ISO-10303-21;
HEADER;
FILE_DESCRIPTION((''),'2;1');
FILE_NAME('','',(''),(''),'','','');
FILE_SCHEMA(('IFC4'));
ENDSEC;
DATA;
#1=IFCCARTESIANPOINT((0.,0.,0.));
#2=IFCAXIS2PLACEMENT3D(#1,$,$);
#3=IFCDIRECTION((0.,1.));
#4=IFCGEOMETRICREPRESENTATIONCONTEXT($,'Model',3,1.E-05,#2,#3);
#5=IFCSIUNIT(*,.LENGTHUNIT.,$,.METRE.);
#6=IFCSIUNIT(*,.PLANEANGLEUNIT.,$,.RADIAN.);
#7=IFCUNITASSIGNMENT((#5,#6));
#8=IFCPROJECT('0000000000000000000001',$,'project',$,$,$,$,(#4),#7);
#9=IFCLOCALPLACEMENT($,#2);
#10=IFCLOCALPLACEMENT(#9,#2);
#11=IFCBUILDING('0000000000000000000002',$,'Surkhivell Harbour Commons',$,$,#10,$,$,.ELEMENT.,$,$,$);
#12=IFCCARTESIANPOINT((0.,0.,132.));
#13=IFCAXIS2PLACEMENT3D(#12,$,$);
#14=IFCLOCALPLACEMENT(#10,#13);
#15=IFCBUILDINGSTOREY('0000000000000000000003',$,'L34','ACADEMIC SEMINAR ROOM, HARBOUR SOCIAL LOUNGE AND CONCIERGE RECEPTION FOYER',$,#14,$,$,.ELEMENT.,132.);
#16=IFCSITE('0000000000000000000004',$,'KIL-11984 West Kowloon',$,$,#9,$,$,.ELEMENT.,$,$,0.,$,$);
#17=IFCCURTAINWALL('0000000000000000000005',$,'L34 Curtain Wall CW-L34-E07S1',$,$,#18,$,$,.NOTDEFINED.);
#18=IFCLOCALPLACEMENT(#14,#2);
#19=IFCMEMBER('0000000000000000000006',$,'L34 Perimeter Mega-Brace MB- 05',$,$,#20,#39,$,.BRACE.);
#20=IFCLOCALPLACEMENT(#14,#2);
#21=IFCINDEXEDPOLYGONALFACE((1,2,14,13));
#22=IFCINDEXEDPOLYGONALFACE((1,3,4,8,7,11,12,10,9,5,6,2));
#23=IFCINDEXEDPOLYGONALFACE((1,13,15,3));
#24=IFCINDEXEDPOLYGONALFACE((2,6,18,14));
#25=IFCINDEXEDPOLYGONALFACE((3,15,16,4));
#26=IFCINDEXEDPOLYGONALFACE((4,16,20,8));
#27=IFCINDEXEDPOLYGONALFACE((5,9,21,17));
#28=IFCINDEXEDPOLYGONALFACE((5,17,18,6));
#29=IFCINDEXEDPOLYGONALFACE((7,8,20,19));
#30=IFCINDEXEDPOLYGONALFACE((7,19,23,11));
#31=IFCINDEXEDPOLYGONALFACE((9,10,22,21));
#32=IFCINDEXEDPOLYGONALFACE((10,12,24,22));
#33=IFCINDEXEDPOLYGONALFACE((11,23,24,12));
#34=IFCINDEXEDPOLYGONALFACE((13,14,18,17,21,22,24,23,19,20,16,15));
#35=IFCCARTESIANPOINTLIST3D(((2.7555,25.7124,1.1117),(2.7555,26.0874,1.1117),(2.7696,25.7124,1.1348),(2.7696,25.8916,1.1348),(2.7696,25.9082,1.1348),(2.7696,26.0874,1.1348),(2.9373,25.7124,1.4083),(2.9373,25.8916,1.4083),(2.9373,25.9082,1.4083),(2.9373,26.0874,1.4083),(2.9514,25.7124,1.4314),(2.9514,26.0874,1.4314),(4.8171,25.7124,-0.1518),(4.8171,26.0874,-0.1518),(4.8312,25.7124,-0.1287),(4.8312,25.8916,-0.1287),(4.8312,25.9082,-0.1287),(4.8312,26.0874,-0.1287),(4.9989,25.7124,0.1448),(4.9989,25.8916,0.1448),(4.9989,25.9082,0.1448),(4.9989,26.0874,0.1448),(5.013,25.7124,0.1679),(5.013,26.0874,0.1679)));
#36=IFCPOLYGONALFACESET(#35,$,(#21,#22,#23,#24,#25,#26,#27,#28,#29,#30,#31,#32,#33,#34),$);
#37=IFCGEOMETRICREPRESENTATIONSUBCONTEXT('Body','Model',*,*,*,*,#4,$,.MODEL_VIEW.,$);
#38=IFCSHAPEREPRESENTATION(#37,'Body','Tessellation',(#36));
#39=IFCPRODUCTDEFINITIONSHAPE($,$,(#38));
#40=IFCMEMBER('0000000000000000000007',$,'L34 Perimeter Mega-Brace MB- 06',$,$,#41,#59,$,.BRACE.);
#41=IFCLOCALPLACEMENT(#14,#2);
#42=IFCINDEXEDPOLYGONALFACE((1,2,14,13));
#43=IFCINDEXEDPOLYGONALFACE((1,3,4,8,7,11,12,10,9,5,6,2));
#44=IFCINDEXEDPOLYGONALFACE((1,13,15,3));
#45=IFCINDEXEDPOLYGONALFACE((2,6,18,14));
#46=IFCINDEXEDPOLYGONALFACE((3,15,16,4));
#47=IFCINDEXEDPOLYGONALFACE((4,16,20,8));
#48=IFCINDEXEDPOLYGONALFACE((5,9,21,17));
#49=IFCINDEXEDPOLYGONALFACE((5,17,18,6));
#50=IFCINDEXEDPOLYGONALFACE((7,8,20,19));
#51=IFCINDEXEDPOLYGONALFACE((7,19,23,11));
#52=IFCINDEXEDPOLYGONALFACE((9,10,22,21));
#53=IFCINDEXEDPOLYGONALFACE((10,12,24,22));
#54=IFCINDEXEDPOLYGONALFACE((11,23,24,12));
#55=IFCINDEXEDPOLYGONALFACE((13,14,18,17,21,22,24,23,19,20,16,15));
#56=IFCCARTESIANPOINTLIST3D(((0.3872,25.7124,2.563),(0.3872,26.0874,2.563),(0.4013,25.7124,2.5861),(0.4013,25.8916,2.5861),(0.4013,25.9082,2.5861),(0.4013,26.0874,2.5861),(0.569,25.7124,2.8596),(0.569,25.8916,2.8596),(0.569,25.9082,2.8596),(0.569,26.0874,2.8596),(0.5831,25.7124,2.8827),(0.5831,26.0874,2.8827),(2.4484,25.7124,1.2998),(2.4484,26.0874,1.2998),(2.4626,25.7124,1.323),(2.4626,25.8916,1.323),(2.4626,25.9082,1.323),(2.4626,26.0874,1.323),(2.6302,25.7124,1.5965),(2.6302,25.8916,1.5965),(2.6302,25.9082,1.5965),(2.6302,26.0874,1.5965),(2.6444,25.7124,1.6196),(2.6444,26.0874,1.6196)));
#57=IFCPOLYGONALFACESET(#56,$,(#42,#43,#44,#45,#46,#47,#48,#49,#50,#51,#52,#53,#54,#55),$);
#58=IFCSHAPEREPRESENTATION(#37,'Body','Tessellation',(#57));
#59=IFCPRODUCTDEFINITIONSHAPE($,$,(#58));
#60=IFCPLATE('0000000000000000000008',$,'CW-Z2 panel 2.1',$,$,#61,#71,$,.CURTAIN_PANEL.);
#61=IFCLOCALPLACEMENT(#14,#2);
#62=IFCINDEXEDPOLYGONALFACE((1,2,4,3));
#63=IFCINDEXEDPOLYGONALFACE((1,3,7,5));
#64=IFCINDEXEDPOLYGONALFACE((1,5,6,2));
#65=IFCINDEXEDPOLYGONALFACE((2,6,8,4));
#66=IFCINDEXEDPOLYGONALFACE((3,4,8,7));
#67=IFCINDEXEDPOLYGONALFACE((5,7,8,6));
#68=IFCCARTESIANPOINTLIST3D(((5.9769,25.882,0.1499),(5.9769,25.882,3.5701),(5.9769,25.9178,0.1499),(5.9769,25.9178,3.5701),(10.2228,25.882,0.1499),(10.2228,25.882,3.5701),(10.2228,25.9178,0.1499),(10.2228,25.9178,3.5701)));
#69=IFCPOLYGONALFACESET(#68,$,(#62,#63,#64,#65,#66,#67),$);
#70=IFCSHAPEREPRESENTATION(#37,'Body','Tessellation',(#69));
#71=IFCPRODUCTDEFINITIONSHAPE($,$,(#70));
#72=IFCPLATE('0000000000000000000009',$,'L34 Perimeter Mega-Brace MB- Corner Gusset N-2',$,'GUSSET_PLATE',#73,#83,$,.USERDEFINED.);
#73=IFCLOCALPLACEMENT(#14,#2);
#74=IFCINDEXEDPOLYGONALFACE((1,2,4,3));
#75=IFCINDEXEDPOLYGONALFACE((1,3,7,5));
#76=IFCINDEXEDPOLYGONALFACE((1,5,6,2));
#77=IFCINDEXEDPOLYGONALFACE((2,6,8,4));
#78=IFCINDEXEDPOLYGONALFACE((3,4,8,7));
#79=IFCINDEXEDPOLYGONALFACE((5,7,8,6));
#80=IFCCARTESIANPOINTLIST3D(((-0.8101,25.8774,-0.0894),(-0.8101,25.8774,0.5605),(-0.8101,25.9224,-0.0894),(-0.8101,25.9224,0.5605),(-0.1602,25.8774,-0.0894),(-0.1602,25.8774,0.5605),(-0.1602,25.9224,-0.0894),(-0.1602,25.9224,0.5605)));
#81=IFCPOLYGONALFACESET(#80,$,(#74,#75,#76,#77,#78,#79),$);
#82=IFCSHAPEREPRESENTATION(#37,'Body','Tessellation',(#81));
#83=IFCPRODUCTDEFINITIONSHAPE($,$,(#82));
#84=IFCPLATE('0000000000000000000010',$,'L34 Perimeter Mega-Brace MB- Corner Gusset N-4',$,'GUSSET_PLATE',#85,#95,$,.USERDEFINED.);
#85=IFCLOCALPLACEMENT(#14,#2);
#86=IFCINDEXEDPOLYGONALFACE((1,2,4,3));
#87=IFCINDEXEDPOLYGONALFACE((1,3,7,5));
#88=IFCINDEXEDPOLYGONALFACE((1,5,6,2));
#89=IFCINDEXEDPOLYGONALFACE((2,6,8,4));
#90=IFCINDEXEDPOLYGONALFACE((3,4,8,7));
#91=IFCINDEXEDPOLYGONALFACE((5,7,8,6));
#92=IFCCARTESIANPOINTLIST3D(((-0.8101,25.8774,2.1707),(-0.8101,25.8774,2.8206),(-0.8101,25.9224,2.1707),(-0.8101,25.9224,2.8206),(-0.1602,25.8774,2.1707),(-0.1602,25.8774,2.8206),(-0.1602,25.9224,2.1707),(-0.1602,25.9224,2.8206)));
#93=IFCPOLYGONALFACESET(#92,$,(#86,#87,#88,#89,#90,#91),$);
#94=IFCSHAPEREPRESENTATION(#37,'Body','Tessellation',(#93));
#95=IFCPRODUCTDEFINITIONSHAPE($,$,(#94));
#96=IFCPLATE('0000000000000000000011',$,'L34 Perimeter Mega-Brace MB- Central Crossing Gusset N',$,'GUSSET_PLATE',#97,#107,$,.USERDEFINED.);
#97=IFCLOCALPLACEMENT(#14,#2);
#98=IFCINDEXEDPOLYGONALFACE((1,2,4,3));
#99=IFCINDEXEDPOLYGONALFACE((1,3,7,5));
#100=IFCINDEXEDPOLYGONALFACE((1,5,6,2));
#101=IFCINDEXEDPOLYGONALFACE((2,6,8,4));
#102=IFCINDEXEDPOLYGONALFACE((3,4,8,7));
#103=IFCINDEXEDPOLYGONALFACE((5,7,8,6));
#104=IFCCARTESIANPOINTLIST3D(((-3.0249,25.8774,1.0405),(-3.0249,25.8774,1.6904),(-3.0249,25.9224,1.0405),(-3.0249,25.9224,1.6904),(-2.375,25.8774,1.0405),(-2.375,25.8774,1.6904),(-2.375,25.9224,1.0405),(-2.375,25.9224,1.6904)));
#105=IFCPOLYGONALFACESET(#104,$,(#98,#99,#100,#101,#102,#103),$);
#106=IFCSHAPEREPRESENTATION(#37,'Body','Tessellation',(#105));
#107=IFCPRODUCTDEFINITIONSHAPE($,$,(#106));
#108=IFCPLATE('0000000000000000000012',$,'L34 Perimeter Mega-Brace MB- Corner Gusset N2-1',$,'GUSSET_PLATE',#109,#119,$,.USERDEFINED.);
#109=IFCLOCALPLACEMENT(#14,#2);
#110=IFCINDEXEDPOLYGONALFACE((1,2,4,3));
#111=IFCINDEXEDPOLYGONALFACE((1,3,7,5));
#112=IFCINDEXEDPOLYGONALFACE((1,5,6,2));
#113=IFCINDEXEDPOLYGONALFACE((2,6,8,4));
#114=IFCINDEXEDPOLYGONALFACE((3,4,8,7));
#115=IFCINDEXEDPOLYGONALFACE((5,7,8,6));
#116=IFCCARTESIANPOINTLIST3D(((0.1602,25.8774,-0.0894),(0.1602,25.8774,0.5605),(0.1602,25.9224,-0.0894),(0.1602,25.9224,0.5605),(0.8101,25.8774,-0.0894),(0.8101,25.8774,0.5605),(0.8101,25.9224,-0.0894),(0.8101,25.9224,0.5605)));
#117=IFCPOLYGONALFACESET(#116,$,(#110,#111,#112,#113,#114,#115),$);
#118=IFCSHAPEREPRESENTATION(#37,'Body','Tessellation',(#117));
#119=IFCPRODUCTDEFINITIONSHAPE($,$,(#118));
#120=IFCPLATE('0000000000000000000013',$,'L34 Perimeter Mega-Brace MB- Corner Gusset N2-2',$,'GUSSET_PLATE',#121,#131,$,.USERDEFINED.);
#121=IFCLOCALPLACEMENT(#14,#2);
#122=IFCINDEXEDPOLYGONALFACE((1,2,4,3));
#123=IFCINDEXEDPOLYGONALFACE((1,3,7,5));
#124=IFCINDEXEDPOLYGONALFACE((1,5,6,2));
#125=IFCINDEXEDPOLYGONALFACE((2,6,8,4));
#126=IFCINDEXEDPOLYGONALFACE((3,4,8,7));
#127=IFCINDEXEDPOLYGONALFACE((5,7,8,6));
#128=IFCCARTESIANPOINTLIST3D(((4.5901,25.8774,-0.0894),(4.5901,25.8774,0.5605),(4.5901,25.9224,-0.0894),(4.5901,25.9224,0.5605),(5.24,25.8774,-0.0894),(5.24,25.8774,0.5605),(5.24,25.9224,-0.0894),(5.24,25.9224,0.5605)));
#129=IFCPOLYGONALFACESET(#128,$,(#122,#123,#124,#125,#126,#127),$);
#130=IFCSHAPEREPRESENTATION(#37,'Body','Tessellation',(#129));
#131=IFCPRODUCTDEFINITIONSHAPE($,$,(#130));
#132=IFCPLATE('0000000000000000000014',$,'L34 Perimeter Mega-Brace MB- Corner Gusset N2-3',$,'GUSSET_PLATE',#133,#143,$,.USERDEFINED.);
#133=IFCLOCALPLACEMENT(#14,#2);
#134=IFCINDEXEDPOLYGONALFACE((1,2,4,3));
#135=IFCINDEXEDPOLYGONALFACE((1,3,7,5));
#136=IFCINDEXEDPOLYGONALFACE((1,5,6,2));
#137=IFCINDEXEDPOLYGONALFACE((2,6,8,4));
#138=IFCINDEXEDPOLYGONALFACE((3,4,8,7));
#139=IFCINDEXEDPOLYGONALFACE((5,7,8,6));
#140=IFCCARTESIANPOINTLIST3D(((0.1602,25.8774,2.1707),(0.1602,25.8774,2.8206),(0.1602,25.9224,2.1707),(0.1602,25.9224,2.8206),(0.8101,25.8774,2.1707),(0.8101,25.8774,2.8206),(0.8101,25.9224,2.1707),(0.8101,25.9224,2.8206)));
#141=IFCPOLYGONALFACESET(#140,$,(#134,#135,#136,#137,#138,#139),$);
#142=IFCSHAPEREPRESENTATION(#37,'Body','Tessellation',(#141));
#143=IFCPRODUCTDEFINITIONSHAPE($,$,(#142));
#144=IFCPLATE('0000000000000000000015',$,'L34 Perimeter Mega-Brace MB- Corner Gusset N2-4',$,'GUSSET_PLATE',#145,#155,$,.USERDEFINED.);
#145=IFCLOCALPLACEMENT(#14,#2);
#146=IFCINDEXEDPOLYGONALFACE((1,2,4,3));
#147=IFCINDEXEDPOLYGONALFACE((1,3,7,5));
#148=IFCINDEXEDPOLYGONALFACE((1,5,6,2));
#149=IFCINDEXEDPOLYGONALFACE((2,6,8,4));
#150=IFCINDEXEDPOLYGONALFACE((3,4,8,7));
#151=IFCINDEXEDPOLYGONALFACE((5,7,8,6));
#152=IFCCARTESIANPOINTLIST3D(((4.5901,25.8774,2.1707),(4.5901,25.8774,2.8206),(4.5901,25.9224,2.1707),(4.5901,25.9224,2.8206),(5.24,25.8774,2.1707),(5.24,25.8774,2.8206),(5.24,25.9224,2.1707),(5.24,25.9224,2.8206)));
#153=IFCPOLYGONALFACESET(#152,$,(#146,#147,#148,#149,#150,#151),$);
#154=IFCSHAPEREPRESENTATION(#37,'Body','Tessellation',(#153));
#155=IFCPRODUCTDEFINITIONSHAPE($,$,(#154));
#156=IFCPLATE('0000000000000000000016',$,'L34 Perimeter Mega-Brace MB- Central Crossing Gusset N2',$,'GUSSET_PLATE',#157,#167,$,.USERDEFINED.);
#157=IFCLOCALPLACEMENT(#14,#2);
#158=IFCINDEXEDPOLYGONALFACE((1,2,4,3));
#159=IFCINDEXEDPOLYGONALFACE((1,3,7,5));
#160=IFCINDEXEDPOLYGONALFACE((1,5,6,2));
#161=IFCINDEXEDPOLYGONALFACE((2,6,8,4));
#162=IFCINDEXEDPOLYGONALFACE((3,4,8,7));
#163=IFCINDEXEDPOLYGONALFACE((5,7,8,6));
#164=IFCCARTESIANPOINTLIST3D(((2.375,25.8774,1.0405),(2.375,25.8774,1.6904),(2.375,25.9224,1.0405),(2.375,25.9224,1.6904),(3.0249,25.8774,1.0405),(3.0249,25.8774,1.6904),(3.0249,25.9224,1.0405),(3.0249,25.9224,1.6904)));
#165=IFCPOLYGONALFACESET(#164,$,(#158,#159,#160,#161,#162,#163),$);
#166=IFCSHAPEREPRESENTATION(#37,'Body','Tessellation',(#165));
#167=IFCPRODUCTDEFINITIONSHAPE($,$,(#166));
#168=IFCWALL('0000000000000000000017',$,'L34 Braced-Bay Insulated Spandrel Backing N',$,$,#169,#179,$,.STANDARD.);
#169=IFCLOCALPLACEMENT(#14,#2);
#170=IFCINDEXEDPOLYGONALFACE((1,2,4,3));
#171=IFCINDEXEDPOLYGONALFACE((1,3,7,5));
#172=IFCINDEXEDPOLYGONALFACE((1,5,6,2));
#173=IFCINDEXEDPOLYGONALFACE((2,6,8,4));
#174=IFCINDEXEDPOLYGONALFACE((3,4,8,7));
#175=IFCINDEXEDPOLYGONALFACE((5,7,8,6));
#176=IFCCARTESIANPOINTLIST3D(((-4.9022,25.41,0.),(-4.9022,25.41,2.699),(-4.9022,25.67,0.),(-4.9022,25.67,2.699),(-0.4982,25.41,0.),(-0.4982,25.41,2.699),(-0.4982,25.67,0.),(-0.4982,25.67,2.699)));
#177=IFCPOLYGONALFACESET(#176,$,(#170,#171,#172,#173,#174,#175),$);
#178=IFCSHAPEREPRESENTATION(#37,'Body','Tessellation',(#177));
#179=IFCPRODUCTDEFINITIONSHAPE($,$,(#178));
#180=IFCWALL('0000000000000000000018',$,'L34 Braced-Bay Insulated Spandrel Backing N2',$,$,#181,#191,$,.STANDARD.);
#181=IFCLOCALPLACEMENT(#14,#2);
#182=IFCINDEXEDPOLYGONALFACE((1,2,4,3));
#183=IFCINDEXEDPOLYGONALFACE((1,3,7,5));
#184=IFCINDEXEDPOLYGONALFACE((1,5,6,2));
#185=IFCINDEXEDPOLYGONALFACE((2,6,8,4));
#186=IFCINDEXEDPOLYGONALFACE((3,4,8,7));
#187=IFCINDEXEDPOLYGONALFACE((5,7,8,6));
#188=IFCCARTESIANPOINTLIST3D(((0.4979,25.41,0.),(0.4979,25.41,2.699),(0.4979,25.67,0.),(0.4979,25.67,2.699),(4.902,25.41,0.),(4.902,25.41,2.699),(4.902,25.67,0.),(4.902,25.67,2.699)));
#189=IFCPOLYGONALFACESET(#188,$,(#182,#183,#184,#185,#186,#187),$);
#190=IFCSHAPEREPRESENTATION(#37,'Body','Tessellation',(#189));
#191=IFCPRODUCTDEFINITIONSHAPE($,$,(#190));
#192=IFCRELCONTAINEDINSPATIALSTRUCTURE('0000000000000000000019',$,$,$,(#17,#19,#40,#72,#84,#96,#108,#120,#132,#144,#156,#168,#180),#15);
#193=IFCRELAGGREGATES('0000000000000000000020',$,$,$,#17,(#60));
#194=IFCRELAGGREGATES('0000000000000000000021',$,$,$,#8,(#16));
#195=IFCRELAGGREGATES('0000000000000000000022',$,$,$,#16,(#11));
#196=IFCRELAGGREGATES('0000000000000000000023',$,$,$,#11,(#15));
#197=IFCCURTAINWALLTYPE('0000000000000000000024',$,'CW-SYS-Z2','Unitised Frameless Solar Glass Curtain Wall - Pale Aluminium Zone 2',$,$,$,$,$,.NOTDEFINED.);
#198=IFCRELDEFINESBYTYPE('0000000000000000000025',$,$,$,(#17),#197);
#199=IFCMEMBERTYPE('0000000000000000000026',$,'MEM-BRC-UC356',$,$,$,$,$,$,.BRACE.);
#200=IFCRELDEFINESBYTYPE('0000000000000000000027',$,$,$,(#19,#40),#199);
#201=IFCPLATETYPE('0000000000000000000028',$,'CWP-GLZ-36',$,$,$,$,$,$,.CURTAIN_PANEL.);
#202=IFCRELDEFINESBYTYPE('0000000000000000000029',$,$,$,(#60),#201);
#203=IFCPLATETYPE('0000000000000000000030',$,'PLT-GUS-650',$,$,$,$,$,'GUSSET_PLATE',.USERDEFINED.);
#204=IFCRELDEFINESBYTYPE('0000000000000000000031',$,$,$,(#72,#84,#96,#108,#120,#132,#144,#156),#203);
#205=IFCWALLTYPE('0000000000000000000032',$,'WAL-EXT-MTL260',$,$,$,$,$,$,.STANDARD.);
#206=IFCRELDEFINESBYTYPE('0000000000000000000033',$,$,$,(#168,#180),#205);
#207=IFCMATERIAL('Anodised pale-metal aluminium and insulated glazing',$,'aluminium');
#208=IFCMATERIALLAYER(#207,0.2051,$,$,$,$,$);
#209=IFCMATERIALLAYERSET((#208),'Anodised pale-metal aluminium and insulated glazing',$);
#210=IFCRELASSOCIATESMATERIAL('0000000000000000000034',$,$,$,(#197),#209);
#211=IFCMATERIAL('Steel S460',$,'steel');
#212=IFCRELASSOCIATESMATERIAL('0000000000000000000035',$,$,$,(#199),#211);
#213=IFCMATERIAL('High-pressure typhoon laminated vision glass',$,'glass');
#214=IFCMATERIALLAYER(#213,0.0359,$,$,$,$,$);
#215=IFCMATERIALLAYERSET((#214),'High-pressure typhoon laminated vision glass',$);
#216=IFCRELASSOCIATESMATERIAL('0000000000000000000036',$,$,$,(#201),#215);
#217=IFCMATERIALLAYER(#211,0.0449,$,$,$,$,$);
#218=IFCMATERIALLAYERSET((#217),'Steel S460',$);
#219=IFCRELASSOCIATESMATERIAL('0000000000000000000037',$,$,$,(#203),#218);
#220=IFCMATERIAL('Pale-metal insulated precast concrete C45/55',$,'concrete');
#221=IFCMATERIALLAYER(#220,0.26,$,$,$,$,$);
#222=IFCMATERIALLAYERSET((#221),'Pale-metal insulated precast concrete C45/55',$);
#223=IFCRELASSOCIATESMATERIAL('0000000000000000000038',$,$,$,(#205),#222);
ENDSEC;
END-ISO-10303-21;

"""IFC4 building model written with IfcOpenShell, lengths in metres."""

from ifc_helpers import new_model, si_unit, direction, frame, frame_2d, origin, origin_2d, place, context, subcontext, project, spatial, rectangle, i_section, extrude, material, layer, layer_set, material_profile, profile_set, type_object, element, aggregate, save


model = new_model("IFC4")

# Units and contexts
model_context = context("Model", 3, precision=1e-05, world=origin(), true_north=direction((0.0, 1.0)))
body_context = subcontext(model_context, "Body", "Model", "MODEL_VIEW")
ifc_project = project(units=[si_unit("LENGTHUNIT", "METRE"), si_unit("PLANEANGLEUNIT", "RADIAN")], contexts=[model_context])

# Site, building, storey
site_placement = place(None, origin())
site = spatial("IfcSite", under=ifc_project, at=site_placement, Name="KIL-11984 West Kowloon", CompositionType="ELEMENT", RefElevation=0.0)
building_placement = place(site_placement, origin())
building = spatial("IfcBuilding", under=site, at=building_placement, Name="Surkhivell Harbour Commons", CompositionType="ELEMENT")
storey_placement = place(building_placement, frame((0.0, 0.0, 132.0)))
storey = spatial("IfcBuildingStorey", under=building, at=storey_placement, Name="L34", Description="ACADEMIC SEMINAR ROOM, HARBOUR SOCIAL LOUNGE AND CONCIERGE RECEPTION FOYER", CompositionType="ELEMENT", Elevation=132.0)

# Shared definitions
ifc_material_1 = material(Name="Steel S460", Category="steel")

# Curtain wall
ifc_material_2 = material(Name="Anodised pale-metal aluminium and insulated glazing", Category="aluminium")
ifc_layer_1 = layer(ifc_material_2, 0.2051)
ifc_layer_set_1 = layer_set([ifc_layer_1], Name="Anodised pale-metal aluminium and insulated glazing")
curtain_wall_type = type_object("IfcCurtainWallType", Name="CW-SYS-Z2", Description="Unitised Frameless Solar Glass Curtain Wall - Pale Aluminium Zone 2", PredefinedType="NOTDEFINED", material=ifc_layer_set_1)
curtain_wall_placement = place(storey_placement, origin())
curtain_wall = element("IfcCurtainWall", 1, at=curtain_wall_placement, inside=storey, type_object=curtain_wall_type, Name="L34 Curtain Wall CW-L34-E07S1", PredefinedType="NOTDEFINED")

# Members
ifc_material_profile_1 = material_profile(ifc_material_1, i_section(OverallWidth=0.375, OverallDepth=0.375, WebThickness=0.0166, FlangeThickness=0.0271, at=origin_2d()), Name="UC356x368x202")
ifc_profile_set_1 = profile_set([ifc_material_profile_1], Name="Steel S460")
member_type_1 = type_object("IfcMemberType", Name="MEM-BRC-UC356", PredefinedType="BRACE", material=ifc_profile_set_1)
member_1_placement = place(storey_placement, frame((4.915, 25.8999, 0.0081), z_axis=(-0.852617, 0.0, 0.522536), x_axis=(0.0, -1.0, 0.0)))
element("IfcMember", 2, at=member_1_placement, inside=storey, type_object=member_type_1, Name="L34 Perimeter Mega-Brace MB- 05", PredefinedType="BRACE", context=body_context, shape_type="SweptSolid", body=[
    extrude(i_section(OverallWidth=0.375, OverallDepth=0.375, WebThickness=0.0166, FlangeThickness=0.0271, at=origin_2d()), origin(), (0.0, 0.0, 1.0), 2.418),
])
member_2_placement = place(storey_placement, frame((2.5464, 25.8999, 1.4597), z_axis=(-0.852635, 0.0, 0.522508), x_axis=(0.0, -1.0, 0.0)))
element("IfcMember", 3, at=member_2_placement, inside=storey, type_object=member_type_1, Name="L34 Perimeter Mega-Brace MB- 06", PredefinedType="BRACE", context=body_context, shape_type="SweptSolid", body=[
    extrude(i_section(OverallWidth=0.375, OverallDepth=0.375, WebThickness=0.0166, FlangeThickness=0.0271, at=origin_2d()), origin(), (0.0, 0.0, 1.0), 2.4175),
])

# Plate
ifc_material_3 = material(Name="High-pressure typhoon laminated vision glass", Category="glass")
ifc_layer_2 = layer(ifc_material_3, 0.0359)
ifc_layer_set_2 = layer_set([ifc_layer_2], Name="High-pressure typhoon laminated vision glass")
plate_type_1 = type_object("IfcPlateType", Name="CWP-GLZ-36", PredefinedType="CURTAIN_PANEL", material=ifc_layer_set_2)
plate_placement = place(storey_placement, frame((10.2229, 25.8999, 0.1499), z_axis=(0.0, 0.0, 1.0), x_axis=(-1.0, 0.0, 0.0)))
plate = element("IfcPlate", 4, at=plate_placement, type_object=plate_type_1, Name="CW-Z2 panel 2.1", PredefinedType="CURTAIN_PANEL", context=body_context, shape_type="SweptSolid", body=[
    extrude(rectangle(XDim=4.2458, YDim=0.0359, at=frame_2d((2.123, 0.0))), origin(), (0.0, 0.0, 1.0), 3.4202),
])
aggregate(curtain_wall, [plate])

# Plates
ifc_layer_3 = layer(ifc_material_1, 0.0449)
ifc_layer_set_3 = layer_set([ifc_layer_3], Name="Steel S460")
plate_type_2 = type_object("IfcPlateType", Name="PLT-GUS-650", ElementType="GUSSET_PLATE", PredefinedType="USERDEFINED", material=ifc_layer_set_3)
for number, where, z_axis, x_axis, name in (
    (5, (-0.4851, 25.8999, -0.0894), (0.0, 0.0, 1.0), (1.0, 0.0, 0.0), "L34 Perimeter Mega-Brace MB- Corner Gusset N-2"),
    (6, (-0.4851, 25.8999, 2.1707), (0.0, 0.0, 1.0), (1.0, 0.0, 0.0), "L34 Perimeter Mega-Brace MB- Corner Gusset N-4"),
    (7, (-2.7, 25.8999, 1.0405), (0.0, 0.0, 1.0), (1.0, 0.0, 0.0), "L34 Perimeter Mega-Brace MB- Central Crossing Gusset N"),
    (8, (0.4851, 25.8999, -0.0894), (0.0, 0.0, 1.0), (1.0, 0.0, 0.0), "L34 Perimeter Mega-Brace MB- Corner Gusset N2-1"),
    (9, (4.915, 25.8999, -0.0894), (0.0, 0.0, 1.0), (1.0, 0.0, 0.0), "L34 Perimeter Mega-Brace MB- Corner Gusset N2-2"),
    (10, (0.4851, 25.8999, 2.1707), (0.0, 0.0, 1.0), (1.0, 0.0, 0.0), "L34 Perimeter Mega-Brace MB- Corner Gusset N2-3"),
    (11, (4.915, 25.8999, 2.1707), (0.0, 0.0, 1.0), (1.0, 0.0, 0.0), "L34 Perimeter Mega-Brace MB- Corner Gusset N2-4"),
    (12, (2.7, 25.8999, 1.0405), (0.0, 0.0, 1.0), (1.0, 0.0, 0.0), "L34 Perimeter Mega-Brace MB- Central Crossing Gusset N2"),
):
    element("IfcPlate", number, at=place(storey_placement, frame(where, z_axis=z_axis, x_axis=x_axis)), inside=storey, type_object=plate_type_2, Name=name, ObjectType="GUSSET_PLATE", PredefinedType="USERDEFINED", context=body_context, shape_type="SweptSolid", body=[
        extrude(rectangle(XDim=0.6499, YDim=0.0449, at=origin_2d()), origin(), (0.0, 0.0, 1.0), 0.6499),
    ])

# Walls
ifc_material_4 = material(Name="Pale-metal insulated precast concrete C45/55", Category="concrete")
ifc_layer_4 = layer(ifc_material_4, 0.26)
ifc_layer_set_4 = layer_set([ifc_layer_4], Name="Pale-metal insulated precast concrete C45/55")
wall_type = type_object("IfcWallType", Name="WAL-EXT-MTL260", PredefinedType="STANDARD", material=ifc_layer_set_4)
for number, where, z_axis, x_axis, name in (
    (13, (-0.498, 25.54, 0.0), (0.0, 0.0, 1.0), (-1.0, 0.0, 0.0), "L34 Braced-Bay Insulated Spandrel Backing N"),
    (14, (4.9021, 25.54, 0.0), (0.0, 0.0, 1.0), (-1.0, 0.0, 0.0), "L34 Braced-Bay Insulated Spandrel Backing N2"),
):
    element("IfcWall", number, at=place(storey_placement, frame(where, z_axis=z_axis, x_axis=x_axis)), inside=storey, type_object=wall_type, Name=name, PredefinedType="STANDARD", context=body_context, shape_type="SweptSolid", body=[
        extrude(rectangle(XDim=4.4041, YDim=0.26, at=frame_2d((2.2021, 0.0))), origin(), (0.0, 0.0, 1.0), 2.699),
    ])

save(model, "model.ifc")
